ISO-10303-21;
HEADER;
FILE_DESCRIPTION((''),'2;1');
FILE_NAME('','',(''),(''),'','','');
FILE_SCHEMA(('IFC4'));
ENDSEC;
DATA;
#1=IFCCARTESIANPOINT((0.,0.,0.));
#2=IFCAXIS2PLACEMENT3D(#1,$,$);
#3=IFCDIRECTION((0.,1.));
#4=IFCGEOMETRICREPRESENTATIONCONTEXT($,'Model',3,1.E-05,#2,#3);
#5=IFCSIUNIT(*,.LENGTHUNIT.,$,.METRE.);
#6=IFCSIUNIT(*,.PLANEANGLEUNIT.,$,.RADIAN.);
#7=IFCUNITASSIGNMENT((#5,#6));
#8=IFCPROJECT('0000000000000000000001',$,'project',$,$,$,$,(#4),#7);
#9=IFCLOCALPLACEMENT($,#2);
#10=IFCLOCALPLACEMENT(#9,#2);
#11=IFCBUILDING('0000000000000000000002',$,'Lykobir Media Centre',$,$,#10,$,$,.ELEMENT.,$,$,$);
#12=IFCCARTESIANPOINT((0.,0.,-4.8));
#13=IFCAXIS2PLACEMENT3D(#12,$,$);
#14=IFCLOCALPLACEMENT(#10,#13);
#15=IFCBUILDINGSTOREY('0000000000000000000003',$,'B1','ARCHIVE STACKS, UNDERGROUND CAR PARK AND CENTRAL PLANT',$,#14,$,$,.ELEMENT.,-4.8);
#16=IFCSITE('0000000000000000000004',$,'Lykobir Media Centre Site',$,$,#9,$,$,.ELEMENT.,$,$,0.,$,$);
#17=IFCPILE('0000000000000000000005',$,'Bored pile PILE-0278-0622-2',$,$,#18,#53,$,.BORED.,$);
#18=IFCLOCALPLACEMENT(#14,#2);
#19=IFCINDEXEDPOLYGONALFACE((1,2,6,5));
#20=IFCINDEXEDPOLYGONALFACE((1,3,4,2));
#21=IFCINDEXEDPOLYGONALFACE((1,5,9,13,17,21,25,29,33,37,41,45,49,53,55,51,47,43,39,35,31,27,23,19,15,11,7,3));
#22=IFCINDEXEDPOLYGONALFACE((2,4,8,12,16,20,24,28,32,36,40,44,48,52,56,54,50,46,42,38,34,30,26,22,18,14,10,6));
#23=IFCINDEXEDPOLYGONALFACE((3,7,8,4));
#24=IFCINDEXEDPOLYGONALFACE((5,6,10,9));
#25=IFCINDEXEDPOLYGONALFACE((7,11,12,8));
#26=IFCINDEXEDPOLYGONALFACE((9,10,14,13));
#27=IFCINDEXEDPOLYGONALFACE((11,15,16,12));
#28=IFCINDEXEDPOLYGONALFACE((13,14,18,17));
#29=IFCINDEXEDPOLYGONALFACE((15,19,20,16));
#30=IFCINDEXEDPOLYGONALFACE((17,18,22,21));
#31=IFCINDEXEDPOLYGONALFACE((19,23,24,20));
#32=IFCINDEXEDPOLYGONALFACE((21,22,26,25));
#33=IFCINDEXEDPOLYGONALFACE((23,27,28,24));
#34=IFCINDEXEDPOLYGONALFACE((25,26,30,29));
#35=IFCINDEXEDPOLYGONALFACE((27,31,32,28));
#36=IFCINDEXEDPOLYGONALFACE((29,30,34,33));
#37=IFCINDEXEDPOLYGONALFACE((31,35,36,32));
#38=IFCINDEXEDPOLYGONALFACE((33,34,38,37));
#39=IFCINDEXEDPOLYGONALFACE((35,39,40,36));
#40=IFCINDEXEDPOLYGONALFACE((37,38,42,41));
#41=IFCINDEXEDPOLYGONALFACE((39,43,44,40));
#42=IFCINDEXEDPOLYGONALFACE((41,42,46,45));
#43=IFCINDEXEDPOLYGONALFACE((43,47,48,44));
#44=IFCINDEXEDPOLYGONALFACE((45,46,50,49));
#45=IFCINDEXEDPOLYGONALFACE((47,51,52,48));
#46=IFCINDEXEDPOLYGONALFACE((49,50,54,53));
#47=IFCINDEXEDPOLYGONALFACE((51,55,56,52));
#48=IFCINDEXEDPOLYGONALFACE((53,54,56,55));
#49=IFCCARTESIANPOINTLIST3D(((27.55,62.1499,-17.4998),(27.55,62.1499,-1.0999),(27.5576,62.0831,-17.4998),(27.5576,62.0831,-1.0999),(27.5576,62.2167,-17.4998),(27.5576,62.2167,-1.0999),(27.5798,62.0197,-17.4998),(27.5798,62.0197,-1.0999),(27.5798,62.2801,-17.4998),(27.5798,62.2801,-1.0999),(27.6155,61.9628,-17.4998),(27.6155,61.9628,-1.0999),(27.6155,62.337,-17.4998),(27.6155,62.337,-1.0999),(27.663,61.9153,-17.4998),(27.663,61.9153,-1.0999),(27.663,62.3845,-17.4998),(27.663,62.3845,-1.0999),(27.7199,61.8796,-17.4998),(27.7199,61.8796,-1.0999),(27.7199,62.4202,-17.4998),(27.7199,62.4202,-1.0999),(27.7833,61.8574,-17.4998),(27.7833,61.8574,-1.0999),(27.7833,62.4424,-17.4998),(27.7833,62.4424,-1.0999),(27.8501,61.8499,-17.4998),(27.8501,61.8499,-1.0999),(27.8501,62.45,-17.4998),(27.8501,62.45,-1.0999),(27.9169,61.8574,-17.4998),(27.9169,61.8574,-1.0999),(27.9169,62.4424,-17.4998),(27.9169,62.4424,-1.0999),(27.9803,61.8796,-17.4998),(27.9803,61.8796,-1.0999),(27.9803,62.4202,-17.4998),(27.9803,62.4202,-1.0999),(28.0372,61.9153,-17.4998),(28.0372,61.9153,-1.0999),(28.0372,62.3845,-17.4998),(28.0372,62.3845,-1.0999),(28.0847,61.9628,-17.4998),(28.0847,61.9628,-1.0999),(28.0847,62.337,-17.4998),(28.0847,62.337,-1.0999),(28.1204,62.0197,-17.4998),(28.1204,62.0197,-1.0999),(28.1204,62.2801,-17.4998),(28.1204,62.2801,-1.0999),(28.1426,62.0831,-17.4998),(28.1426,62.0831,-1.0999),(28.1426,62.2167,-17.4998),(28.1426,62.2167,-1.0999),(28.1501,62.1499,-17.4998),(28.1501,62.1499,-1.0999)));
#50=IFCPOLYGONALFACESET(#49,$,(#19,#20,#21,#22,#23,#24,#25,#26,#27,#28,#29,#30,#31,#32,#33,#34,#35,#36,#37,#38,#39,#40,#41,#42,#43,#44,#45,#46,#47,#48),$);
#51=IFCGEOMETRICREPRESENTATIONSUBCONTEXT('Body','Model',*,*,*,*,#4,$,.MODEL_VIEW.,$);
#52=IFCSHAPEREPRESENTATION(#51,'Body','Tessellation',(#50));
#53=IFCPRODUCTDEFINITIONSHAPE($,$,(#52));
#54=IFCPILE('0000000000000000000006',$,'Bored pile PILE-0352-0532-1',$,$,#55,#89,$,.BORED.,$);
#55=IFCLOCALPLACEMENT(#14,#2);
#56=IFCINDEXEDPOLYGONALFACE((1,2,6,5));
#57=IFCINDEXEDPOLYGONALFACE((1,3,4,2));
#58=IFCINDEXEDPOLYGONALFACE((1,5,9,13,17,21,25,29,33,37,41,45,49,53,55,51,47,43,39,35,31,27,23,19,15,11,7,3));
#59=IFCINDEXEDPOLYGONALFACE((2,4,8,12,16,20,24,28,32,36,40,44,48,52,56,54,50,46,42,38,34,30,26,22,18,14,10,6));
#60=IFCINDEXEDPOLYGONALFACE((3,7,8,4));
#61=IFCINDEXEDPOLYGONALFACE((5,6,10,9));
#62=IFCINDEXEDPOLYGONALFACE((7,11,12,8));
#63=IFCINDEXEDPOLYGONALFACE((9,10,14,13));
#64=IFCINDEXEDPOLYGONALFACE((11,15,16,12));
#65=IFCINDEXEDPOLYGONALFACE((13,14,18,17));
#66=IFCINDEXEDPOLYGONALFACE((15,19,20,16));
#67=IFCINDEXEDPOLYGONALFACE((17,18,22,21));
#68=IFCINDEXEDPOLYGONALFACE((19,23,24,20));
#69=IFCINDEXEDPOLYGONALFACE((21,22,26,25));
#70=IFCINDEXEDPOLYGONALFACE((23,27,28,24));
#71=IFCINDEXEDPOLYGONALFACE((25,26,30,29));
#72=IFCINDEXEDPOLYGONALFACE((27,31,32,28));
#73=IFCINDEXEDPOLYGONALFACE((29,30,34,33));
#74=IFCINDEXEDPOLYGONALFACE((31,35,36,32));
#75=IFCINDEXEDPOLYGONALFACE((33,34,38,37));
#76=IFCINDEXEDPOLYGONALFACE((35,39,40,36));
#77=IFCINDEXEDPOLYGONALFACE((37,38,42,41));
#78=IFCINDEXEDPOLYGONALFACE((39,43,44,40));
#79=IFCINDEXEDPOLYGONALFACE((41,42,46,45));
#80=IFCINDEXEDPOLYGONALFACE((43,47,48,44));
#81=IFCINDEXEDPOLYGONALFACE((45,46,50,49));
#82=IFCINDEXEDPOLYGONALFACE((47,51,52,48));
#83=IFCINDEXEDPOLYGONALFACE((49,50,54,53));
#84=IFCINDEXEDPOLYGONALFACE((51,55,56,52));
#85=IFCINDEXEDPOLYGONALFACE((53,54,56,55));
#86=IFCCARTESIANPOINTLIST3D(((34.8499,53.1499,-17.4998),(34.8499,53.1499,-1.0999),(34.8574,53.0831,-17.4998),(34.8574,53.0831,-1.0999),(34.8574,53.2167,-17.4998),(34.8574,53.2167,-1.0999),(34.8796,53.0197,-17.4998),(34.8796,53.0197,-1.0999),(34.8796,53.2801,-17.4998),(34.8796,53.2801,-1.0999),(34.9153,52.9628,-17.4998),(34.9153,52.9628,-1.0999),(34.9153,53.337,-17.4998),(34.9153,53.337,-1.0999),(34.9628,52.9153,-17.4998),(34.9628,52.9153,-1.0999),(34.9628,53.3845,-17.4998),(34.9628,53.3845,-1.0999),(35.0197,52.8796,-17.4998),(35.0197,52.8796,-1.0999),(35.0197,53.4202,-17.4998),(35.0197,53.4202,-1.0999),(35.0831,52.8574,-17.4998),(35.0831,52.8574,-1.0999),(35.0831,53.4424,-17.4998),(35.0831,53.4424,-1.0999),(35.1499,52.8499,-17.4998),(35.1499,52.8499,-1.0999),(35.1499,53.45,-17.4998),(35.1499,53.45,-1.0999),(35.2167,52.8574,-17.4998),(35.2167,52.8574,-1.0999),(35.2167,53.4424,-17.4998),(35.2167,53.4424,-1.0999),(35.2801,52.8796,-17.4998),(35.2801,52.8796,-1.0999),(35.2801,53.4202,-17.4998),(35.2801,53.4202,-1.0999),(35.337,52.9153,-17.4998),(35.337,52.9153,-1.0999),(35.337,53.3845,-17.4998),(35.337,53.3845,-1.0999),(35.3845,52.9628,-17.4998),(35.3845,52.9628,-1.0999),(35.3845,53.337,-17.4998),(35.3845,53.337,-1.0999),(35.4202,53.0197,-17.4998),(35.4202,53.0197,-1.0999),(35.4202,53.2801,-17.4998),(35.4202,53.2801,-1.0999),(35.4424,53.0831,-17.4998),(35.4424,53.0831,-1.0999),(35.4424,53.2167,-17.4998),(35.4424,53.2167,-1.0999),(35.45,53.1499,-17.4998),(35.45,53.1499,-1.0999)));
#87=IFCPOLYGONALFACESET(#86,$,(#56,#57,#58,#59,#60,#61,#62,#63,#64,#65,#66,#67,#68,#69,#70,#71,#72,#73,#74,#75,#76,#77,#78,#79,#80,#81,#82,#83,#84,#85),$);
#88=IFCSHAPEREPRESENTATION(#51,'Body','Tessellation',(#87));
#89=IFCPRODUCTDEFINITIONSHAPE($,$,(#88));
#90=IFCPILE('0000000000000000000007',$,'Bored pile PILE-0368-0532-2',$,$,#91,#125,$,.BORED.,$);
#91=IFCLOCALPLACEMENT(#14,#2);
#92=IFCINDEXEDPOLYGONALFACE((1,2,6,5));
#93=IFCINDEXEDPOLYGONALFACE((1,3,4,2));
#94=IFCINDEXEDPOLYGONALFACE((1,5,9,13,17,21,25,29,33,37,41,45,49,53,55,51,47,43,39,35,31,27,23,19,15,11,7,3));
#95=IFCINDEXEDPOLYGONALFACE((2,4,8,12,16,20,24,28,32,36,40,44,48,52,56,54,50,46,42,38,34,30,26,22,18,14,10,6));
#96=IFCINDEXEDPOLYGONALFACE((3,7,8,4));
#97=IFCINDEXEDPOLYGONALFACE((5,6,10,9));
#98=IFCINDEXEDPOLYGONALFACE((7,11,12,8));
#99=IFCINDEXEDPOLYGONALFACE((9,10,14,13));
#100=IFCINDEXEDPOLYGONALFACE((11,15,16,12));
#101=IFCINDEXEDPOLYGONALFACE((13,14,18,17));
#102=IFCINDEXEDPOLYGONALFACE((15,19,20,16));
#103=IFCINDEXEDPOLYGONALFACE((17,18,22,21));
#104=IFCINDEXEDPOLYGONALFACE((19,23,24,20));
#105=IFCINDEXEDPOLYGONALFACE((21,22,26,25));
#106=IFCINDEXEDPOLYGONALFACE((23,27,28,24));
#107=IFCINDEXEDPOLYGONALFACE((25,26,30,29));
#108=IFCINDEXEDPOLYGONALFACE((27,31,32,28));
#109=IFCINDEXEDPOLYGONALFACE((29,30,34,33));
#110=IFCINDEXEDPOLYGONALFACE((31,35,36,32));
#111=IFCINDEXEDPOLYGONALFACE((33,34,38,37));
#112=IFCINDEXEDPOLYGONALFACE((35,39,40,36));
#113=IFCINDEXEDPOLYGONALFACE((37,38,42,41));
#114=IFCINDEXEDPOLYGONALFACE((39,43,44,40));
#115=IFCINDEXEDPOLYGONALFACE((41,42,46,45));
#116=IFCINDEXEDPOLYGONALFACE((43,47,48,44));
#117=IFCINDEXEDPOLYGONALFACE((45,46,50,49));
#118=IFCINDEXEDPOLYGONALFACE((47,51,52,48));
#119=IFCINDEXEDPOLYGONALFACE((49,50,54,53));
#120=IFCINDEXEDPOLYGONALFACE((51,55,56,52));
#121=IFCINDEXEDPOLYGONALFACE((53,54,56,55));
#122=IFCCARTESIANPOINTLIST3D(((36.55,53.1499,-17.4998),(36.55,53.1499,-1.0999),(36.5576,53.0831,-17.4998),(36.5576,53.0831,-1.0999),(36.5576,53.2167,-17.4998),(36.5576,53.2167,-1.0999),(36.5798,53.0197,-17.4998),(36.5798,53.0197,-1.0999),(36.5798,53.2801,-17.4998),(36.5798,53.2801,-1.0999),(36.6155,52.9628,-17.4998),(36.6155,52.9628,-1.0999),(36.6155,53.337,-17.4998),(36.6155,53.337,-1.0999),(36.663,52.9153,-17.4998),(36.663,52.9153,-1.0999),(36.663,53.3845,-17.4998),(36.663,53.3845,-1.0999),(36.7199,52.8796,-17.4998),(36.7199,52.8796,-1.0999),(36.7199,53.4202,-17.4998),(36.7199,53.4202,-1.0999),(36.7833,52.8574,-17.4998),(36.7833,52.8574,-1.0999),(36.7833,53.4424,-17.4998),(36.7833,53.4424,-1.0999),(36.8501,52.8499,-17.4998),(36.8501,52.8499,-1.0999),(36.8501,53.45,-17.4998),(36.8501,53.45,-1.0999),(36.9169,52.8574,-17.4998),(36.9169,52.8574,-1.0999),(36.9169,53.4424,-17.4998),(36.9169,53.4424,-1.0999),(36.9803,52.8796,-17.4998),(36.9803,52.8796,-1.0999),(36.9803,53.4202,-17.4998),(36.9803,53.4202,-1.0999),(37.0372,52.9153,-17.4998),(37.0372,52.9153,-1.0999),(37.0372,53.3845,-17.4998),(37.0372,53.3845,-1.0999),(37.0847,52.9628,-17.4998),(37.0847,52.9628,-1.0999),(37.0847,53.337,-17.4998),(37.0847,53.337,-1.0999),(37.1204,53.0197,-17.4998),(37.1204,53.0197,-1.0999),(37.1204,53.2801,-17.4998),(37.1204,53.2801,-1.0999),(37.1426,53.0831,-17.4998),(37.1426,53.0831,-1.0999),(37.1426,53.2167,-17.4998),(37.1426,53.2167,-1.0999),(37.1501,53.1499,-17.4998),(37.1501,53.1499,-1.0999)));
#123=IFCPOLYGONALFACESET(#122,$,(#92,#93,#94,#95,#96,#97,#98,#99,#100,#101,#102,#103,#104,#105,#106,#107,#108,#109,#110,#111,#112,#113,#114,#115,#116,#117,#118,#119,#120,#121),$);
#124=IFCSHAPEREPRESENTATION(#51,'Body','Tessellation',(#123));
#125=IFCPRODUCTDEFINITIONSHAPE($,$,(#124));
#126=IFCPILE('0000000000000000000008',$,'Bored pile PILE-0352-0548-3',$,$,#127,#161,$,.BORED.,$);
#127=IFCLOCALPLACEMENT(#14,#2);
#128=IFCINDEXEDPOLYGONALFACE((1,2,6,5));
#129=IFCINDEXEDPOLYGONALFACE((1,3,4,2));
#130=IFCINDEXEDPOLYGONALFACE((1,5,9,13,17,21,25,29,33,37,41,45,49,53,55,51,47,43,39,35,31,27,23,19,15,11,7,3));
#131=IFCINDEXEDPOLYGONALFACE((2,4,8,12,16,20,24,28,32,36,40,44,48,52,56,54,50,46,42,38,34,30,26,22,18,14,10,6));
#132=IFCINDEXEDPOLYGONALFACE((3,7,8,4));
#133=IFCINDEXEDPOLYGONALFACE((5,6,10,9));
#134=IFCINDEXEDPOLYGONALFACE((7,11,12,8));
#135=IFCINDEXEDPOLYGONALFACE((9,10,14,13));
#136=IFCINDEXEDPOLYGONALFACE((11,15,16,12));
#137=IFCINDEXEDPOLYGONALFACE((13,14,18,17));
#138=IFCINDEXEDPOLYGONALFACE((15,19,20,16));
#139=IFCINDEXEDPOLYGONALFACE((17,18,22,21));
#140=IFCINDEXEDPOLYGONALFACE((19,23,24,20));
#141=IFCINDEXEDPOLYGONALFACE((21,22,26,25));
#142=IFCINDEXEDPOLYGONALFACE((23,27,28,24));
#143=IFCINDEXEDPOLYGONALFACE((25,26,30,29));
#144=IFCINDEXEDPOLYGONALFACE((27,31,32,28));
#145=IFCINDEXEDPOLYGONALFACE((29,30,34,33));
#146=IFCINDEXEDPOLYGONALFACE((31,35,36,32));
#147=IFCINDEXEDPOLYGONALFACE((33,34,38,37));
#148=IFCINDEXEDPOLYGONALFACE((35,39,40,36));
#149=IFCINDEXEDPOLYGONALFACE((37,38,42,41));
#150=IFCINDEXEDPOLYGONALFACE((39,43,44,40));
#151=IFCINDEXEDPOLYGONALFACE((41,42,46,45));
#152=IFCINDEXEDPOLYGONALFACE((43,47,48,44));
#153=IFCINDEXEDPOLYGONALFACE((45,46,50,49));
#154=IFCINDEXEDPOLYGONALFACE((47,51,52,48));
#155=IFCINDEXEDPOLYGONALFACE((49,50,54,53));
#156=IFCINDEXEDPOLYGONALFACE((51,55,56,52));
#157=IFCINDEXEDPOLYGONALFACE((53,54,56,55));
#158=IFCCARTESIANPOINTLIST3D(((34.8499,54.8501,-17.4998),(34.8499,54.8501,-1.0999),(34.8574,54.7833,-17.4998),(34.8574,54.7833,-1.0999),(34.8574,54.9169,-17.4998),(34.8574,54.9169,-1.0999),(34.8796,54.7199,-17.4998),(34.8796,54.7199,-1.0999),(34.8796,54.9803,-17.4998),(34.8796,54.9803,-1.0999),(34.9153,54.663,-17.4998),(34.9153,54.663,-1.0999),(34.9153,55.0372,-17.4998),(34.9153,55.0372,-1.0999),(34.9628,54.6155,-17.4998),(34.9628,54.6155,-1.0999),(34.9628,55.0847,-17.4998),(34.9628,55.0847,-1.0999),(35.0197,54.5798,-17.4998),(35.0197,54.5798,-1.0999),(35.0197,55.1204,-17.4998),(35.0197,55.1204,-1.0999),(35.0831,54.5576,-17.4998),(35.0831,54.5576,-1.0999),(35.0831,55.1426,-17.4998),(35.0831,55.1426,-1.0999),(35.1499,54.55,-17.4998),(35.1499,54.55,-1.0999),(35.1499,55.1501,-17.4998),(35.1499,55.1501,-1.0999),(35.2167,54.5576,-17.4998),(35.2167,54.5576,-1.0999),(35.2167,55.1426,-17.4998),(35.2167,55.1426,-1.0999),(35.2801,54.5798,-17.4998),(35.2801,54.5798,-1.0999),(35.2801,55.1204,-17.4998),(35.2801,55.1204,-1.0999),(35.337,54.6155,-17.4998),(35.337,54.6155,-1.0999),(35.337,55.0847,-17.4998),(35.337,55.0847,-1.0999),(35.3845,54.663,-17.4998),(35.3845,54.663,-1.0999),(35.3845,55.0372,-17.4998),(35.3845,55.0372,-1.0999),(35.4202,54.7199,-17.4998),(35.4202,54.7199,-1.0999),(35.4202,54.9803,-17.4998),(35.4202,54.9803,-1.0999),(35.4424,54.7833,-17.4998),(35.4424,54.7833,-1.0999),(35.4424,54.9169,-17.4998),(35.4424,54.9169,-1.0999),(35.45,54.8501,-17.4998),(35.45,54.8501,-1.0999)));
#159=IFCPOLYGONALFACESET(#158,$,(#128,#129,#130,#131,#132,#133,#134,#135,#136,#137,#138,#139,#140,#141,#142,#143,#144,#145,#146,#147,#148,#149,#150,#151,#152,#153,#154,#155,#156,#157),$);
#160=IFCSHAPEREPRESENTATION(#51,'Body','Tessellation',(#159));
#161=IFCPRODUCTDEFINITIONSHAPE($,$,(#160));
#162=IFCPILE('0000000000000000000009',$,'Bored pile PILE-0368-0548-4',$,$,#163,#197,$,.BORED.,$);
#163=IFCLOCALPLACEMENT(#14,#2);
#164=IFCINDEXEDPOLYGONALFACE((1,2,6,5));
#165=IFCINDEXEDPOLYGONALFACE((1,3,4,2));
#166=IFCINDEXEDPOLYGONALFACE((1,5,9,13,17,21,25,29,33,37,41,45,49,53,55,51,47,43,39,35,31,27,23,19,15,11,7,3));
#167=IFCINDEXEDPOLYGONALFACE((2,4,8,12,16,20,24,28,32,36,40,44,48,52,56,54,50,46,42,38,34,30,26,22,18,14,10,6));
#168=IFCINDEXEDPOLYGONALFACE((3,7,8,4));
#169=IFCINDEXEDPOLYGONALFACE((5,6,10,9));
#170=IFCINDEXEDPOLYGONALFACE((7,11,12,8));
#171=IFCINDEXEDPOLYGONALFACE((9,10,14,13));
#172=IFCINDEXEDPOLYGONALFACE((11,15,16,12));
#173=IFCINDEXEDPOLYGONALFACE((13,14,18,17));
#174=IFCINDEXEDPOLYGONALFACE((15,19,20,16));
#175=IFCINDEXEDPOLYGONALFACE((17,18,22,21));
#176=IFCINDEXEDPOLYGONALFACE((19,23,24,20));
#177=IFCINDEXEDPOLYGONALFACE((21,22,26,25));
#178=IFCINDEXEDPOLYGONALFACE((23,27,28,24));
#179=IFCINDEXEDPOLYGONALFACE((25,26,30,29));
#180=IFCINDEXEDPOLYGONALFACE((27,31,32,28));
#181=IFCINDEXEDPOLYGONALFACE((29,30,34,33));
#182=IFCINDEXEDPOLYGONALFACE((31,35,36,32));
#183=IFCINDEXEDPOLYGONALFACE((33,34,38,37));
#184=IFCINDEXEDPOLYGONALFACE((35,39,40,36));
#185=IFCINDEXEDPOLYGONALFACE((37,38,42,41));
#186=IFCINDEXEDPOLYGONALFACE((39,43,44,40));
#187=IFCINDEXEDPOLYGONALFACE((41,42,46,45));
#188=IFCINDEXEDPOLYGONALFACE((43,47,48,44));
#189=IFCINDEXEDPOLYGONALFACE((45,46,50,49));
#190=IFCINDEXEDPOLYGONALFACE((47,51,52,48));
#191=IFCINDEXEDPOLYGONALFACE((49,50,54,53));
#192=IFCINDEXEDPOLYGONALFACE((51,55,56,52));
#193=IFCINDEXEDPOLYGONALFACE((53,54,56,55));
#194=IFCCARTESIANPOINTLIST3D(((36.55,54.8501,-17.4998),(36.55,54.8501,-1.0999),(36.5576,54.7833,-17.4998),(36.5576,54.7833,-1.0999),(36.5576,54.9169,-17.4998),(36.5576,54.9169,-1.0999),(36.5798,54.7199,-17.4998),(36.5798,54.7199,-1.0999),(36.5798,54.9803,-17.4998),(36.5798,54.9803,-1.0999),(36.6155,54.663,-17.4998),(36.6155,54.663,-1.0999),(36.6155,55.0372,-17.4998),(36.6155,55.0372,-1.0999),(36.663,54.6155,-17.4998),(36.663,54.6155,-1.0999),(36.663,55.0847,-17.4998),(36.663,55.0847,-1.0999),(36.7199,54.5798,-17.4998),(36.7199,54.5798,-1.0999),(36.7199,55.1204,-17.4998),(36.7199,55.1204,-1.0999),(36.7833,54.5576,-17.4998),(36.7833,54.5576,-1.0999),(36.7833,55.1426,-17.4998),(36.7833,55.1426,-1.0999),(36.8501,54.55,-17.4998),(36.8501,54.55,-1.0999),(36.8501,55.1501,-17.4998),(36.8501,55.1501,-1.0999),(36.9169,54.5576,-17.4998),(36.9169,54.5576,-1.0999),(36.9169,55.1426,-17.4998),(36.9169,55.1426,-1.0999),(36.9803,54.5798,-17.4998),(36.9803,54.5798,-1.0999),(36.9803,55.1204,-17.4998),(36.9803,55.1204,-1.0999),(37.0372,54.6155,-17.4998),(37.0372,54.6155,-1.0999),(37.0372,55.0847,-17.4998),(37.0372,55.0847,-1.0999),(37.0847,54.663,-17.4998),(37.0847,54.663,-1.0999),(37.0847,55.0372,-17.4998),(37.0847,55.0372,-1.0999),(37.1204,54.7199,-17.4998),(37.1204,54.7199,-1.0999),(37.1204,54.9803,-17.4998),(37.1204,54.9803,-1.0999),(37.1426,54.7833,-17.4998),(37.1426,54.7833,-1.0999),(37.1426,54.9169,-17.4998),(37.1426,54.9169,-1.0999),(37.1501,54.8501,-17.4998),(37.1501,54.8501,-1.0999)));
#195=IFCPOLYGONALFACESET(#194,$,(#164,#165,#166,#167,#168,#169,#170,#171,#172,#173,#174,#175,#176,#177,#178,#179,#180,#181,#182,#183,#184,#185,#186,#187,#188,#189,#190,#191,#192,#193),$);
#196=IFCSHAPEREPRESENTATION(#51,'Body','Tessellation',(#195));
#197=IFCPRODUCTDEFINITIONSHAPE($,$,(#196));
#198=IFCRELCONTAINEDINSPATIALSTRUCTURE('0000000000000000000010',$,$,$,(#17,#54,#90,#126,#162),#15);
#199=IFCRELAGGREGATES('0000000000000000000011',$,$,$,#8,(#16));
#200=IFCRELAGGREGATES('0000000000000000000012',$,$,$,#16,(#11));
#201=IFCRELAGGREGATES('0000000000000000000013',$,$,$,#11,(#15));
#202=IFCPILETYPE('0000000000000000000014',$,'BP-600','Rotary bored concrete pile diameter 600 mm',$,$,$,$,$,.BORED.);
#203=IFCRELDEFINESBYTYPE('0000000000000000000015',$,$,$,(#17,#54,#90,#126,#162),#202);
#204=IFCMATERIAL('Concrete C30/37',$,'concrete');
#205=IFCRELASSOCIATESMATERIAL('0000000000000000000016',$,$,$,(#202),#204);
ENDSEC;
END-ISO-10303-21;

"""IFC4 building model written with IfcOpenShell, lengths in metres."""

from ifc_helpers import new_model, si_unit, direction, frame, origin, origin_2d, place, context, subcontext, project, spatial, circle, extrude, material, material_profile, profile_set, type_object, element, save


model = new_model("IFC4")

# Units and contexts
model_context = context("Model", 3, precision=1e-05, world=origin(), true_north=direction((0.0, 1.0)))
body_context = subcontext(model_context, "Body", "Model", "MODEL_VIEW")
ifc_project = project(units=[si_unit("LENGTHUNIT", "METRE"), si_unit("PLANEANGLEUNIT", "RADIAN")], contexts=[model_context])

# Site, building, storey
site_placement = place(None, origin())
site = spatial("IfcSite", under=ifc_project, at=site_placement, Name="Lykobir Media Centre Site", CompositionType="ELEMENT", RefElevation=0.0)
building_placement = place(site_placement, origin())
building = spatial("IfcBuilding", under=site, at=building_placement, Name="Lykobir Media Centre", CompositionType="ELEMENT")
storey_placement = place(building_placement, frame((0.0, 0.0, -4.8)))
storey = spatial("IfcBuildingStorey", under=building, at=storey_placement, Name="B1", Description="ARCHIVE STACKS, UNDERGROUND CAR PARK AND CENTRAL PLANT", CompositionType="ELEMENT", Elevation=-4.8)

# Piles
ifc_material_1 = material(Name="Concrete C30/37", Category="concrete")
ifc_material_profile_1 = material_profile(ifc_material_1, circle(Radius=0.3, at=origin_2d()), Name="BORED PILE D600")
ifc_profile_set_1 = profile_set([ifc_material_profile_1], Name="Concrete C30/37")
pile_type_1 = type_object("IfcPileType", Name="BP-600", Description="Rotary bored concrete pile diameter 600 mm", PredefinedType="BORED", material=ifc_profile_set_1)
for number, where, z_axis, x_axis, name in (
    (1, (27.8501, 62.1499, -1.0999), (0.0, 0.0, -1.0), (1.0, 0.0, 0.0), "Bored pile PILE-0278-0622-2"),
    (2, (35.1499, 53.1499, -1.0999), (0.0, 0.0, -1.0), (1.0, 0.0, 0.0), "Bored pile PILE-0352-0532-1"),
    (3, (36.8501, 53.1499, -1.0999), (0.0, 0.0, -1.0), (1.0, 0.0, 0.0), "Bored pile PILE-0368-0532-2"),
    (4, (35.1499, 54.8501, -1.0999), (0.0, 0.0, -1.0), (1.0, 0.0, 0.0), "Bored pile PILE-0352-0548-3"),
    (5, (36.8501, 54.8501, -1.0999), (0.0, 0.0, -1.0), (1.0, 0.0, 0.0), "Bored pile PILE-0368-0548-4"),
):
    element("IfcPile", number, at=place(storey_placement, frame(where, z_axis=z_axis, x_axis=x_axis)), inside=storey, type_object=pile_type_1, Name=name, PredefinedType="BORED", context=body_context, shape_type="SweptSolid", body=[
        extrude(circle(Radius=0.3, at=origin_2d()), origin(), (0.0, 0.0, 1.0), 16.3999),
    ])

save(model, "model.ifc")
